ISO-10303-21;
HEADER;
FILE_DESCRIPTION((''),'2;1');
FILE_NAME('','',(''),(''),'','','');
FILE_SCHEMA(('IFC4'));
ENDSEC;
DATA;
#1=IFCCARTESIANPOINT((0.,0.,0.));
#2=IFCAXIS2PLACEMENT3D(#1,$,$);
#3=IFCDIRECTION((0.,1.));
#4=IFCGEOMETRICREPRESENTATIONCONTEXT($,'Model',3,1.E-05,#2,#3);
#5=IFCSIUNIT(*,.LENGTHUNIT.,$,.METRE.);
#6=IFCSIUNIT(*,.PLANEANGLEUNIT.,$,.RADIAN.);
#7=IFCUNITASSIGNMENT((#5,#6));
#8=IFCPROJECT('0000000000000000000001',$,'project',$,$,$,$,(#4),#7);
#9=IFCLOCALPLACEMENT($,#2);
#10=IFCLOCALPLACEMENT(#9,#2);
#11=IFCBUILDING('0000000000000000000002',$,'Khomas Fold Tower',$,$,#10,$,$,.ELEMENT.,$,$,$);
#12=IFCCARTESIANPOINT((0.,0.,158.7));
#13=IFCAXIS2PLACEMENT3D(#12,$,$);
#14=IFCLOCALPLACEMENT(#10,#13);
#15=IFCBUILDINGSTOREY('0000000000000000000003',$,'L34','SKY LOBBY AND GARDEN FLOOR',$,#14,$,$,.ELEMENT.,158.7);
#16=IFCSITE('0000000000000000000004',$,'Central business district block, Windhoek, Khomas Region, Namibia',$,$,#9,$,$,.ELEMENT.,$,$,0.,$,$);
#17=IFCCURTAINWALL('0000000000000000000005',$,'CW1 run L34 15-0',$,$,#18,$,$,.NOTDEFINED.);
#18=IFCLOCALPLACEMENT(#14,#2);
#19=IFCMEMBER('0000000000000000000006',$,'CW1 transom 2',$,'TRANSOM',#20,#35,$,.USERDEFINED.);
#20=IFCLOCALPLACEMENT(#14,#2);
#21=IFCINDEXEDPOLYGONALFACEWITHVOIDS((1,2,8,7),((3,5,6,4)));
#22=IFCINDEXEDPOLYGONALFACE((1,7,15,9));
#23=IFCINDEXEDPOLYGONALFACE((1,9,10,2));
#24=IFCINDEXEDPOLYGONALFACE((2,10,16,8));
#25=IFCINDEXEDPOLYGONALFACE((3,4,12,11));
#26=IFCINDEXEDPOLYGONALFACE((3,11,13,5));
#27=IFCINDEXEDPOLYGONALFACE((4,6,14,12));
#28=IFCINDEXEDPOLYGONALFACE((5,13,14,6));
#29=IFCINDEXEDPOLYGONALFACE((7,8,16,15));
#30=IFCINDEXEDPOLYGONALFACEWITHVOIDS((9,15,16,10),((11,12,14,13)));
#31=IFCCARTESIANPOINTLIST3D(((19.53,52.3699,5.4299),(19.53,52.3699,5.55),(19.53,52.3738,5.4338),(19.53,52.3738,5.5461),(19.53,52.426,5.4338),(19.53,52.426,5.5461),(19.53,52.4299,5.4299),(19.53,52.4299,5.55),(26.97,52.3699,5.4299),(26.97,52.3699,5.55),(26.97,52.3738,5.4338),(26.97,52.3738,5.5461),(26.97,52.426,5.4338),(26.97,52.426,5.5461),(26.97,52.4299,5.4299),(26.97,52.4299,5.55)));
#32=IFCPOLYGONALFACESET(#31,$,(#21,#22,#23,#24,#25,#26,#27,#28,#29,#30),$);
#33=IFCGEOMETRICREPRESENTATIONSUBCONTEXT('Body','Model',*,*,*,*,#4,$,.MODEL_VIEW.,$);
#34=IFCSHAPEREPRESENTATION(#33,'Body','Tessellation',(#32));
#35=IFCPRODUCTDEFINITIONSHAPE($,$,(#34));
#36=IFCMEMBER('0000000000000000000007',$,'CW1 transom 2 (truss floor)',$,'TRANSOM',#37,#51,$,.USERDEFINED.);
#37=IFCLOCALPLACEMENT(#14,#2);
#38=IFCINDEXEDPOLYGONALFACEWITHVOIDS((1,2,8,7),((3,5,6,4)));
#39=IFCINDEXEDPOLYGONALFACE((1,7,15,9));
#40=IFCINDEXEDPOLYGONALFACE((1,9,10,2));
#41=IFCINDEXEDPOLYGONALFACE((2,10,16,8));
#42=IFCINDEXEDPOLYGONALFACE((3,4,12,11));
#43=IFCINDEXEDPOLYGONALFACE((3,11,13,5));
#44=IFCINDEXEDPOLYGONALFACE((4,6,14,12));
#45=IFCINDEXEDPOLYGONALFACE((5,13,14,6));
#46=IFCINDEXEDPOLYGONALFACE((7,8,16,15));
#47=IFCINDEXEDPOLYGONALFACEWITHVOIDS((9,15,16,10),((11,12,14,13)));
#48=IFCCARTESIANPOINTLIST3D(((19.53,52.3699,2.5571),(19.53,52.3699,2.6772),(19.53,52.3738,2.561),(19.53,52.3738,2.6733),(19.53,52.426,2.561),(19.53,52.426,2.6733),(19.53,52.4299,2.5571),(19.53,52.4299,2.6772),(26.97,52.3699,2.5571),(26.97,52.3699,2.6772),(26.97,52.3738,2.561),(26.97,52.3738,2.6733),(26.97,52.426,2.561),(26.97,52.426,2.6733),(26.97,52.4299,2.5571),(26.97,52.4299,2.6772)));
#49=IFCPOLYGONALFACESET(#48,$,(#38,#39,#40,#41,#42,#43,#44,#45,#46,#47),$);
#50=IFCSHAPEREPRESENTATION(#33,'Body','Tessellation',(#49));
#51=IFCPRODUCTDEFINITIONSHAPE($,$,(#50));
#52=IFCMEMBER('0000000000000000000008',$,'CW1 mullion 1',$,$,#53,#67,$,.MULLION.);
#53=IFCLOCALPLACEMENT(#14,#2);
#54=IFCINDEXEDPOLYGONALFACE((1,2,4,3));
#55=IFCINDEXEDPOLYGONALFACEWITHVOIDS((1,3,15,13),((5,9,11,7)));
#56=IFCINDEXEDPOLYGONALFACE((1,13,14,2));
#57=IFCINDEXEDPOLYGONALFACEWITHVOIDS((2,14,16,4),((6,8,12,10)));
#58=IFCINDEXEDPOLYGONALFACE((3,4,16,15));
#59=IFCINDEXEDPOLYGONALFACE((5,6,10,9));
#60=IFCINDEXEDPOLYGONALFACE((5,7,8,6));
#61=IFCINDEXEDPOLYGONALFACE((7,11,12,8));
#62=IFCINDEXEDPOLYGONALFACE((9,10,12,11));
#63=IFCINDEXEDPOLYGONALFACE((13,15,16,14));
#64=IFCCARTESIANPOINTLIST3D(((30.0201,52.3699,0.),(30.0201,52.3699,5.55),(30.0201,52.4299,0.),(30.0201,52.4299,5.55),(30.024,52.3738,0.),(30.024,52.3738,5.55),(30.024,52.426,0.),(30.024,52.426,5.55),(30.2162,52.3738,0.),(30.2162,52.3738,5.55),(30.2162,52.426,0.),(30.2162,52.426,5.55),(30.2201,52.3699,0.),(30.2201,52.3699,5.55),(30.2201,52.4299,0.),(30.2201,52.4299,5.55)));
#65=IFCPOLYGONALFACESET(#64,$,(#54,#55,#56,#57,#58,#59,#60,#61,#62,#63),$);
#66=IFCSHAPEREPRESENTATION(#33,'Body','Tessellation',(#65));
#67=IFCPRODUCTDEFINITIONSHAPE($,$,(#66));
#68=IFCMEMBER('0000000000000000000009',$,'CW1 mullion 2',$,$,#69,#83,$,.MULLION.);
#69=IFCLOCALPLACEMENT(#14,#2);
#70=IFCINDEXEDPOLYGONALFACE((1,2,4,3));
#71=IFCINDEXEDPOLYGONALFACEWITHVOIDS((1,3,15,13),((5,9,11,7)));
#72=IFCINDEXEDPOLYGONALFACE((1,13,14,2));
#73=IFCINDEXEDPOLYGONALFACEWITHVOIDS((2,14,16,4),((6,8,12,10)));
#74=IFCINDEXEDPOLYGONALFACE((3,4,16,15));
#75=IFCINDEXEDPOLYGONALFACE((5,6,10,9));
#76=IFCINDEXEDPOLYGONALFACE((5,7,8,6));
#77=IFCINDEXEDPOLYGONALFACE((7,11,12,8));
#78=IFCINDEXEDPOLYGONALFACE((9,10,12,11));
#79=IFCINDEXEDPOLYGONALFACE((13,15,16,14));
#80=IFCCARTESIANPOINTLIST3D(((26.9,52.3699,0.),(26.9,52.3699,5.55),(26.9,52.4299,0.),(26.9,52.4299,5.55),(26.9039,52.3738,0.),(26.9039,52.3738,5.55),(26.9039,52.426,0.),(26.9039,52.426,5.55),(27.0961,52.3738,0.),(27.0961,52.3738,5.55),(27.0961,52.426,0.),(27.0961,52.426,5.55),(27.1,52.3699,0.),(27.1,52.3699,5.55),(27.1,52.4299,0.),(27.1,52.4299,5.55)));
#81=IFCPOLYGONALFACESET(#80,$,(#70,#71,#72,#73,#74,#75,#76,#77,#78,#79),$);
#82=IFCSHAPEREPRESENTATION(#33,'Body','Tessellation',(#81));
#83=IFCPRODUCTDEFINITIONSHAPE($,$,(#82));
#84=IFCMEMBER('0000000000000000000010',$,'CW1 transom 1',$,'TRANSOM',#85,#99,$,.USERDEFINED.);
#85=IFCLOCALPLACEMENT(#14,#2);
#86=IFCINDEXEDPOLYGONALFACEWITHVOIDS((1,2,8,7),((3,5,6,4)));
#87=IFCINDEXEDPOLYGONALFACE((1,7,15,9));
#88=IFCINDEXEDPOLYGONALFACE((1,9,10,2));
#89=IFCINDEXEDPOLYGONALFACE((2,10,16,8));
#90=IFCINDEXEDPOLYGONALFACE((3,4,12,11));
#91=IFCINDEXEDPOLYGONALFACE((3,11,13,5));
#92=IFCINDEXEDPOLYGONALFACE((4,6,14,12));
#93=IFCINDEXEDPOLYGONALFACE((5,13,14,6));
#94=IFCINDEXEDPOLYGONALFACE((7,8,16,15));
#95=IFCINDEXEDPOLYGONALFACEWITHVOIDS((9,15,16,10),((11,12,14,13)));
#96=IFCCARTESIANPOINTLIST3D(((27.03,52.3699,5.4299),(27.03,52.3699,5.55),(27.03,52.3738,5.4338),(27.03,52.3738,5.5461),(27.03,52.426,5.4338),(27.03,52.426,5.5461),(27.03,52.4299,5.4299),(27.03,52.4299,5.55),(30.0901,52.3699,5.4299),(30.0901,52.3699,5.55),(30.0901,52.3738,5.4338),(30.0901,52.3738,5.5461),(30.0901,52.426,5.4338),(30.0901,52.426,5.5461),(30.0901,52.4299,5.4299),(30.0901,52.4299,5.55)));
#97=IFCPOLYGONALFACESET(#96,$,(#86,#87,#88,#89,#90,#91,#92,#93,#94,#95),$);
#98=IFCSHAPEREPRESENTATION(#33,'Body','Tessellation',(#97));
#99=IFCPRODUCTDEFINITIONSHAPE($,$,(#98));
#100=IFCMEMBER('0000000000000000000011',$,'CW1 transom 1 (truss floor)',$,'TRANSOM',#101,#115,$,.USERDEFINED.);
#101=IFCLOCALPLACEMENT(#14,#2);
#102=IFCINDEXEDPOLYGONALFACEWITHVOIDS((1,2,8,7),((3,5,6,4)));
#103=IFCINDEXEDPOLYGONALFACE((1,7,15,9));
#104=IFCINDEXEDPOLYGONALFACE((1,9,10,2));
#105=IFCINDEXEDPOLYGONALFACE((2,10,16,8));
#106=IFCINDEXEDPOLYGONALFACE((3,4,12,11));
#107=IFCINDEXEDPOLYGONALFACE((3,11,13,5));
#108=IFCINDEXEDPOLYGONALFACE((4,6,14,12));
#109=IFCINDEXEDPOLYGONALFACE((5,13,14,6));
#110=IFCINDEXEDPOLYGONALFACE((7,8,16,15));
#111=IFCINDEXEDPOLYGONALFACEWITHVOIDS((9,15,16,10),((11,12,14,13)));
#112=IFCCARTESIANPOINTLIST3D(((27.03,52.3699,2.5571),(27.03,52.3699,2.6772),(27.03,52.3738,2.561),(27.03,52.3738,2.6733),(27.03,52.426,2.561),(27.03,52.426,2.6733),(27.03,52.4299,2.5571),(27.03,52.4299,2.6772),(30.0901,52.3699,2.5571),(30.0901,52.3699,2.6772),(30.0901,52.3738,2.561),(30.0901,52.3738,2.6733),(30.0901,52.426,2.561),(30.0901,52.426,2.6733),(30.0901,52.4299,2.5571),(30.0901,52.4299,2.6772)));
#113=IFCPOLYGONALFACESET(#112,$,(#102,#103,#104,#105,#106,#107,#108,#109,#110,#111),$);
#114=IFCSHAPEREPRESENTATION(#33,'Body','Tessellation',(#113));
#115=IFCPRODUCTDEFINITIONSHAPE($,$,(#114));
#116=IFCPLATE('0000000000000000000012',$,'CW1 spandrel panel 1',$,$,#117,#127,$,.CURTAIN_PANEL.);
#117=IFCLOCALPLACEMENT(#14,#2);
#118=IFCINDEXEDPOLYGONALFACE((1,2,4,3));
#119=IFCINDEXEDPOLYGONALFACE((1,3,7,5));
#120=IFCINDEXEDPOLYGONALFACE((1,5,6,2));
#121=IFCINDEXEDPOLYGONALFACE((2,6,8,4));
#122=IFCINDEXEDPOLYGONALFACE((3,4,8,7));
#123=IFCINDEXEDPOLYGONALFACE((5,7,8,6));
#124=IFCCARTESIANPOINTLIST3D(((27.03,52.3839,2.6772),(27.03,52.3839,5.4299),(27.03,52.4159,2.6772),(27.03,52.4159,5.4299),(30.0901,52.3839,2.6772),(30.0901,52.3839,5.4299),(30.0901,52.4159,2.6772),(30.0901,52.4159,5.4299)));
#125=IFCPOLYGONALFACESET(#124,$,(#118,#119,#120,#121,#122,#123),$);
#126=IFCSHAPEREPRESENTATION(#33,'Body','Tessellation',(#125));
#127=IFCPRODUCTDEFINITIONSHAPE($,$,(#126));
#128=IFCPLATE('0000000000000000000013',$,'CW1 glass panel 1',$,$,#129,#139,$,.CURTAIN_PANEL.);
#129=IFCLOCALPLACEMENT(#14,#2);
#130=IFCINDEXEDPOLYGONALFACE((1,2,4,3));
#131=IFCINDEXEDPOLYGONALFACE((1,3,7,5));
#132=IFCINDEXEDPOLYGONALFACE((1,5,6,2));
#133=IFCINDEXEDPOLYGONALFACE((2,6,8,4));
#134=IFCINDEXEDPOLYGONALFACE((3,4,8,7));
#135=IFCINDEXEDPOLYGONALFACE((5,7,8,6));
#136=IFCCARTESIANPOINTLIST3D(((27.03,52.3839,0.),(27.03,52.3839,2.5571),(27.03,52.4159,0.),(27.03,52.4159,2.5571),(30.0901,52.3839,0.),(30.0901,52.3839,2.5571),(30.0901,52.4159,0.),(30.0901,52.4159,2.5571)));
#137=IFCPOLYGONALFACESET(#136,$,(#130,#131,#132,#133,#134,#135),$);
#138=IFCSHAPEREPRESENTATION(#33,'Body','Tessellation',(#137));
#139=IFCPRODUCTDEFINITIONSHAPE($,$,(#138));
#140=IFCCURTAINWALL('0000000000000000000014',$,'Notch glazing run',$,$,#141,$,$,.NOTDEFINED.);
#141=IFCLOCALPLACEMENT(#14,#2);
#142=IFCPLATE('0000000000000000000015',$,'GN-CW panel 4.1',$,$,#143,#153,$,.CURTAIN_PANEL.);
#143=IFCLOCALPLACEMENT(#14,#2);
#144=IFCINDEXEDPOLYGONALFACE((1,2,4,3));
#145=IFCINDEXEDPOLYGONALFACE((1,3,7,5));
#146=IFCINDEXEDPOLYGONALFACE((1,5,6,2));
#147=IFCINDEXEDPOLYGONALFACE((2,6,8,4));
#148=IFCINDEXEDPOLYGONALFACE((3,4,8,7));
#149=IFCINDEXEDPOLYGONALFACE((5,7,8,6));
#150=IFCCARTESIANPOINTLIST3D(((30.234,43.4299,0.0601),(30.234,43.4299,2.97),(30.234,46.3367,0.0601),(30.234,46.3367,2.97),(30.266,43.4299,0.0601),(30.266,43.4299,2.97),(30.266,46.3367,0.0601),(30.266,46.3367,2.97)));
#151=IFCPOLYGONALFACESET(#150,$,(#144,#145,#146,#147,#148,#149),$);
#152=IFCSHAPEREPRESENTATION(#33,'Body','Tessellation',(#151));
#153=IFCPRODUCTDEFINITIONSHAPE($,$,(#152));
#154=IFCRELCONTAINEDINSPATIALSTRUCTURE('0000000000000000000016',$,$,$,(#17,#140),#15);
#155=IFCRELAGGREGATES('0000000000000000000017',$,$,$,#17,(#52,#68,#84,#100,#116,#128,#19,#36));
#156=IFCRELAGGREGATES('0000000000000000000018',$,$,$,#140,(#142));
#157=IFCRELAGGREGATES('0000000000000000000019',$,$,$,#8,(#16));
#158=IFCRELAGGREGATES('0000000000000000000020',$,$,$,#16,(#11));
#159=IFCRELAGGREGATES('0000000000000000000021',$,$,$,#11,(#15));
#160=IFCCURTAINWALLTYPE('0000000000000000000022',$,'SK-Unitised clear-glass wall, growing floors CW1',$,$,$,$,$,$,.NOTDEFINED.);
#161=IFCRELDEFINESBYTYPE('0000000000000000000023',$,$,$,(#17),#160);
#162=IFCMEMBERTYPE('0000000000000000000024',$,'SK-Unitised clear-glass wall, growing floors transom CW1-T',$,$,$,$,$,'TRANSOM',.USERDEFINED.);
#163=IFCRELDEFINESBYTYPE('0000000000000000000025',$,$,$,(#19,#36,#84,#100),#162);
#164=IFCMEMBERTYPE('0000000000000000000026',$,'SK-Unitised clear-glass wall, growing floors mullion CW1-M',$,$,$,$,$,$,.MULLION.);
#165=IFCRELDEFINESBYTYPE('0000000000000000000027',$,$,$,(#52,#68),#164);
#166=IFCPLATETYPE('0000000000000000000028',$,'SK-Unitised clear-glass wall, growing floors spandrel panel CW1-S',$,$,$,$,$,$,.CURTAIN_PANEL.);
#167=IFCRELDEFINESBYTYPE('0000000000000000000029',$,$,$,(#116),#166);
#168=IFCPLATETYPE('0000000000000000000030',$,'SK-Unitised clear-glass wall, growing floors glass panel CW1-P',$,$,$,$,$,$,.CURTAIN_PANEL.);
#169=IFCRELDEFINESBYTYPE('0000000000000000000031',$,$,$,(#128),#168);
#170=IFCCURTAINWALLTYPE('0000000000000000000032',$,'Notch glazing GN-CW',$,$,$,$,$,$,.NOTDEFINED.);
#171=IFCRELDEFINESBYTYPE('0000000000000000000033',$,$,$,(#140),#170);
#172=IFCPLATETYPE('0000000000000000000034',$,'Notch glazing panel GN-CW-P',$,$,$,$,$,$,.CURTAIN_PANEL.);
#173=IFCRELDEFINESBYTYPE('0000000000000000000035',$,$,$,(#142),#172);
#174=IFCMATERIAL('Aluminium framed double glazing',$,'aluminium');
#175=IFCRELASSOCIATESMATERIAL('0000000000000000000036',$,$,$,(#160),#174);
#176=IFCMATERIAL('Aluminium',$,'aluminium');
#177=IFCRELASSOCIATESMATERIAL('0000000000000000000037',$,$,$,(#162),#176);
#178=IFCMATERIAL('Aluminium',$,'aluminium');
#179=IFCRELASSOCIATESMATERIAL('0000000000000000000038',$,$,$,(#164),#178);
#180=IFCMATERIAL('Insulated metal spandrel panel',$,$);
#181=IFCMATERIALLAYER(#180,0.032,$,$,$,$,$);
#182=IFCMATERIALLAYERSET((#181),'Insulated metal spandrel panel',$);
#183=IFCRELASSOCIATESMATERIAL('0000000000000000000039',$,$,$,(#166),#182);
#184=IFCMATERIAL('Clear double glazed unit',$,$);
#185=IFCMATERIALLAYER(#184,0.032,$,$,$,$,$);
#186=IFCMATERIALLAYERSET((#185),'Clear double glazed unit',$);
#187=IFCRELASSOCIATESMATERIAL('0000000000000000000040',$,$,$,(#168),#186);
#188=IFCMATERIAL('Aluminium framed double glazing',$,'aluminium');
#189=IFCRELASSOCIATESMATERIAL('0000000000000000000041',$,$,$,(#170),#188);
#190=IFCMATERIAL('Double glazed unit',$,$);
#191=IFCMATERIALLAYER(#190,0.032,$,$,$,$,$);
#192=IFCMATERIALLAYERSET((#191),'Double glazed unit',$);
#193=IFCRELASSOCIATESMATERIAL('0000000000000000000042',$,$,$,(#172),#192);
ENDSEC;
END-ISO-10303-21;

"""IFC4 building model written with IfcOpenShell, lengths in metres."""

from ifc_helpers import new_model, si_unit, direction, frame, origin, origin_2d, place, context, subcontext, project, spatial, rectangle, hollow_rectangle, extrude, source, transform, mapped, material, layer, layer_set, material_profile, profile_set, type_object, element, aggregate, save


model = new_model("IFC4")

# Units and contexts
model_context = context("Model", 3, precision=1e-05, world=origin(), true_north=direction((0.0, 1.0)))
body_context = subcontext(model_context, "Body", "Model", "MODEL_VIEW")
ifc_project = project(units=[si_unit("LENGTHUNIT", "METRE"), si_unit("PLANEANGLEUNIT", "RADIAN")], contexts=[model_context])

# Site, building, storey
site_placement = place(None, origin())
site = spatial("IfcSite", under=ifc_project, at=site_placement, Name="Central business district block, Windhoek, Khomas Region, Namibia", CompositionType="ELEMENT", RefElevation=0.0)
building_placement = place(site_placement, origin())
building = spatial("IfcBuilding", under=site, at=building_placement, Name="Khomas Fold Tower", CompositionType="ELEMENT")
storey_placement = place(building_placement, frame((0.0, 0.0, 158.7)))
storey = spatial("IfcBuildingStorey", under=building, at=storey_placement, Name="L34", Description="SKY LOBBY AND GARDEN FLOOR", CompositionType="ELEMENT", Elevation=158.7)

# Curtain wall, members, plates
ifc_material_1 = material(Name="Aluminium framed double glazing", Category="aluminium")
curtain_wall_type_1 = type_object("IfcCurtainWallType", Name="SK-Unitised clear-glass wall, growing floors CW1", PredefinedType="NOTDEFINED", material=ifc_material_1)
curtain_wall_1_placement = place(storey_placement, origin())
curtain_wall_1 = element("IfcCurtainWall", 1, at=curtain_wall_1_placement, inside=storey, type_object=curtain_wall_type_1, Name="CW1 run L34 15-0", PredefinedType="NOTDEFINED")
ifc_material_2 = material(Name="Aluminium", Category="aluminium")
ifc_material_profile_1 = material_profile(ifc_material_2, hollow_rectangle(XDim=0.0601, YDim=0.1201, WallThickness=0.0039, at=origin_2d()), Name="SK-Unitised clear-glass wall, growing floors transom CW1-T")
ifc_profile_set_1 = profile_set([ifc_material_profile_1], Name="Aluminium")
member_type_1 = type_object("IfcMemberType", Name="SK-Unitised clear-glass wall, growing floors transom CW1-T", ElementType="TRANSOM", PredefinedType="USERDEFINED", material=ifc_profile_set_1)
shared_shape_1 = source(origin(), body_context, "Body", "SweptSolid", [
    extrude(hollow_rectangle(XDim=0.0601, YDim=0.1201, WallThickness=0.0039, at=origin_2d()), origin(), (0.0, 0.0, 1.0), 7.4399),
])
member_1_placement = place(storey_placement, frame((26.97, 52.3999, 5.49), z_axis=(-1.0, 0.0, 0.0), x_axis=(0.0, -1.0, 0.0)))
member_1 = element("IfcMember", 2, at=member_1_placement, type_object=member_type_1, Name="CW1 transom 2", ObjectType="TRANSOM", PredefinedType="USERDEFINED", context=body_context, shape_type="MappedRepresentation", body=[
    mapped(shared_shape_1, transform((0.0, 0.0, 0.0))),
])
member_2_placement = place(storey_placement, frame((26.97, 52.3999, 2.6172), z_axis=(-1.0, 0.0, 0.0), x_axis=(0.0, -1.0, 0.0)))
member_2 = element("IfcMember", 3, at=member_2_placement, type_object=member_type_1, Name="CW1 transom 2 (truss floor)", ObjectType="TRANSOM", PredefinedType="USERDEFINED", context=body_context, shape_type="MappedRepresentation", body=[
    mapped(shared_shape_1, transform((0.0, 0.0, 0.0))),
])
ifc_material_3 = material(Name="Aluminium", Category="aluminium")
ifc_material_profile_2 = material_profile(ifc_material_3, hollow_rectangle(XDim=0.0601, YDim=0.2, WallThickness=0.0039, at=origin_2d()), Name="SK-Unitised clear-glass wall, growing floors mullion CW1-M")
ifc_profile_set_2 = profile_set([ifc_material_profile_2], Name="Aluminium")
member_type_2 = type_object("IfcMemberType", Name="SK-Unitised clear-glass wall, growing floors mullion CW1-M", PredefinedType="MULLION", material=ifc_profile_set_2)
shared_shape_2 = source(origin(), body_context, "Body", "SweptSolid", [
    extrude(hollow_rectangle(XDim=0.0601, YDim=0.2, WallThickness=0.0039, at=origin_2d()), origin(), (0.0, 0.0, 1.0), 5.55),
])
member_3_placement = place(storey_placement, frame((30.1201, 52.3999, 0.0), z_axis=(0.0, 0.0, 1.0), x_axis=(0.0, -1.0, 0.0)))
member_3 = element("IfcMember", 4, at=member_3_placement, type_object=member_type_2, Name="CW1 mullion 1", PredefinedType="MULLION", context=body_context, shape_type="MappedRepresentation", body=[
    mapped(shared_shape_2, transform((0.0, 0.0, 0.0))),
])
member_4_placement = place(storey_placement, frame((27.0, 52.3999, 0.0), z_axis=(0.0, 0.0, 1.0), x_axis=(0.0, -1.0, 0.0)))
member_4 = element("IfcMember", 5, at=member_4_placement, type_object=member_type_2, Name="CW1 mullion 2", PredefinedType="MULLION", context=body_context, shape_type="MappedRepresentation", body=[
    mapped(shared_shape_2, transform((0.0, 0.0, 0.0))),
])
shared_shape_3 = source(origin(), body_context, "Body", "SweptSolid", [
    extrude(hollow_rectangle(XDim=0.0601, YDim=0.1201, WallThickness=0.0039, at=origin_2d()), origin(), (0.0, 0.0, 1.0), 3.0601),
])
member_5_placement = place(storey_placement, frame((30.0901, 52.3999, 5.49), z_axis=(-1.0, 0.0, 0.0), x_axis=(0.0, -1.0, 0.0)))
member_5 = element("IfcMember", 6, at=member_5_placement, type_object=member_type_1, Name="CW1 transom 1", ObjectType="TRANSOM", PredefinedType="USERDEFINED", context=body_context, shape_type="MappedRepresentation", body=[
    mapped(shared_shape_3, transform((0.0, 0.0, 0.0))),
])
member_6_placement = place(storey_placement, frame((30.0901, 52.3999, 2.6172), z_axis=(-1.0, 0.0, 0.0), x_axis=(0.0, -1.0, 0.0)))
member_6 = element("IfcMember", 7, at=member_6_placement, type_object=member_type_1, Name="CW1 transom 1 (truss floor)", ObjectType="TRANSOM", PredefinedType="USERDEFINED", context=body_context, shape_type="MappedRepresentation", body=[
    mapped(shared_shape_3, transform((0.0, 0.0, 0.0))),
])
ifc_material_4 = material(Name="Insulated metal spandrel panel")
ifc_layer_1 = layer(ifc_material_4, 0.032)
ifc_layer_set_1 = layer_set([ifc_layer_1], Name="Insulated metal spandrel panel")
plate_type_1 = type_object("IfcPlateType", Name="SK-Unitised clear-glass wall, growing floors spandrel panel CW1-S", PredefinedType="CURTAIN_PANEL", material=ifc_layer_set_1)
shared_shape_4 = source(origin(), body_context, "Body", "SweptSolid", [
    extrude(rectangle(XDim=3.0601, YDim=0.032, at=origin_2d()), origin(), (0.0, 0.0, 1.0), 2.7527),
])
plate_1_placement = place(storey_placement, frame((28.5601, 52.3999, 2.6772), z_axis=(0.0, 0.0, 1.0), x_axis=(-1.0, 0.0, 0.0)))
plate_1 = element("IfcPlate", 8, at=plate_1_placement, type_object=plate_type_1, Name="CW1 spandrel panel 1", PredefinedType="CURTAIN_PANEL", context=body_context, shape_type="MappedRepresentation", body=[
    mapped(shared_shape_4, transform((0.0, 0.0, 0.0))),
])
ifc_material_5 = material(Name="Clear double glazed unit")
ifc_layer_2 = layer(ifc_material_5, 0.032)
ifc_layer_set_2 = layer_set([ifc_layer_2], Name="Clear double glazed unit")
plate_type_2 = type_object("IfcPlateType", Name="SK-Unitised clear-glass wall, growing floors glass panel CW1-P", PredefinedType="CURTAIN_PANEL", material=ifc_layer_set_2)
shared_shape_5 = source(origin(), body_context, "Body", "SweptSolid", [
    extrude(rectangle(XDim=3.0601, YDim=0.032, at=origin_2d()), origin(), (0.0, 0.0, 1.0), 2.5571),
])
plate_2_placement = place(storey_placement, frame((28.5601, 52.3999, 0.0), z_axis=(0.0, 0.0, 1.0), x_axis=(-1.0, 0.0, 0.0)))
plate_2 = element("IfcPlate", 9, at=plate_2_placement, type_object=plate_type_2, Name="CW1 glass panel 1", PredefinedType="CURTAIN_PANEL", context=body_context, shape_type="MappedRepresentation", body=[
    mapped(shared_shape_5, transform((0.0, 0.0, 0.0))),
])
aggregate(curtain_wall_1, [member_3, member_4, member_5, member_6, plate_1, plate_2, member_1, member_2])

# Curtain wall, plate
ifc_material_6 = material(Name="Aluminium framed double glazing", Category="aluminium")
curtain_wall_type_2 = type_object("IfcCurtainWallType", Name="Notch glazing GN-CW", PredefinedType="NOTDEFINED", material=ifc_material_6)
curtain_wall_2_placement = place(storey_placement, origin())
curtain_wall_2 = element("IfcCurtainWall", 10, at=curtain_wall_2_placement, inside=storey, type_object=curtain_wall_type_2, Name="Notch glazing run", PredefinedType="NOTDEFINED")
ifc_material_7 = material(Name="Double glazed unit")
ifc_layer_3 = layer(ifc_material_7, 0.032)
ifc_layer_set_3 = layer_set([ifc_layer_3], Name="Double glazed unit")
plate_type_3 = type_object("IfcPlateType", Name="Notch glazing panel GN-CW-P", PredefinedType="CURTAIN_PANEL", material=ifc_layer_set_3)
shared_shape_6 = source(origin(), body_context, "Body", "SweptSolid", [
    extrude(rectangle(XDim=2.9067, YDim=0.032, at=origin_2d()), origin(), (0.0, 0.0, 1.0), 2.9099),
])
plate_3_placement = place(storey_placement, frame((30.25, 44.8833, 0.0601), z_axis=(0.0, 0.0, 1.0), x_axis=(0.0, 1.0, 0.0)))
plate_3 = element("IfcPlate", 11, at=plate_3_placement, type_object=plate_type_3, Name="GN-CW panel 4.1", PredefinedType="CURTAIN_PANEL", context=body_context, shape_type="MappedRepresentation", body=[
    mapped(shared_shape_6, transform((0.0, 0.0, 0.0))),
])
aggregate(curtain_wall_2, [plate_3])

save(model, "model.ifc")
